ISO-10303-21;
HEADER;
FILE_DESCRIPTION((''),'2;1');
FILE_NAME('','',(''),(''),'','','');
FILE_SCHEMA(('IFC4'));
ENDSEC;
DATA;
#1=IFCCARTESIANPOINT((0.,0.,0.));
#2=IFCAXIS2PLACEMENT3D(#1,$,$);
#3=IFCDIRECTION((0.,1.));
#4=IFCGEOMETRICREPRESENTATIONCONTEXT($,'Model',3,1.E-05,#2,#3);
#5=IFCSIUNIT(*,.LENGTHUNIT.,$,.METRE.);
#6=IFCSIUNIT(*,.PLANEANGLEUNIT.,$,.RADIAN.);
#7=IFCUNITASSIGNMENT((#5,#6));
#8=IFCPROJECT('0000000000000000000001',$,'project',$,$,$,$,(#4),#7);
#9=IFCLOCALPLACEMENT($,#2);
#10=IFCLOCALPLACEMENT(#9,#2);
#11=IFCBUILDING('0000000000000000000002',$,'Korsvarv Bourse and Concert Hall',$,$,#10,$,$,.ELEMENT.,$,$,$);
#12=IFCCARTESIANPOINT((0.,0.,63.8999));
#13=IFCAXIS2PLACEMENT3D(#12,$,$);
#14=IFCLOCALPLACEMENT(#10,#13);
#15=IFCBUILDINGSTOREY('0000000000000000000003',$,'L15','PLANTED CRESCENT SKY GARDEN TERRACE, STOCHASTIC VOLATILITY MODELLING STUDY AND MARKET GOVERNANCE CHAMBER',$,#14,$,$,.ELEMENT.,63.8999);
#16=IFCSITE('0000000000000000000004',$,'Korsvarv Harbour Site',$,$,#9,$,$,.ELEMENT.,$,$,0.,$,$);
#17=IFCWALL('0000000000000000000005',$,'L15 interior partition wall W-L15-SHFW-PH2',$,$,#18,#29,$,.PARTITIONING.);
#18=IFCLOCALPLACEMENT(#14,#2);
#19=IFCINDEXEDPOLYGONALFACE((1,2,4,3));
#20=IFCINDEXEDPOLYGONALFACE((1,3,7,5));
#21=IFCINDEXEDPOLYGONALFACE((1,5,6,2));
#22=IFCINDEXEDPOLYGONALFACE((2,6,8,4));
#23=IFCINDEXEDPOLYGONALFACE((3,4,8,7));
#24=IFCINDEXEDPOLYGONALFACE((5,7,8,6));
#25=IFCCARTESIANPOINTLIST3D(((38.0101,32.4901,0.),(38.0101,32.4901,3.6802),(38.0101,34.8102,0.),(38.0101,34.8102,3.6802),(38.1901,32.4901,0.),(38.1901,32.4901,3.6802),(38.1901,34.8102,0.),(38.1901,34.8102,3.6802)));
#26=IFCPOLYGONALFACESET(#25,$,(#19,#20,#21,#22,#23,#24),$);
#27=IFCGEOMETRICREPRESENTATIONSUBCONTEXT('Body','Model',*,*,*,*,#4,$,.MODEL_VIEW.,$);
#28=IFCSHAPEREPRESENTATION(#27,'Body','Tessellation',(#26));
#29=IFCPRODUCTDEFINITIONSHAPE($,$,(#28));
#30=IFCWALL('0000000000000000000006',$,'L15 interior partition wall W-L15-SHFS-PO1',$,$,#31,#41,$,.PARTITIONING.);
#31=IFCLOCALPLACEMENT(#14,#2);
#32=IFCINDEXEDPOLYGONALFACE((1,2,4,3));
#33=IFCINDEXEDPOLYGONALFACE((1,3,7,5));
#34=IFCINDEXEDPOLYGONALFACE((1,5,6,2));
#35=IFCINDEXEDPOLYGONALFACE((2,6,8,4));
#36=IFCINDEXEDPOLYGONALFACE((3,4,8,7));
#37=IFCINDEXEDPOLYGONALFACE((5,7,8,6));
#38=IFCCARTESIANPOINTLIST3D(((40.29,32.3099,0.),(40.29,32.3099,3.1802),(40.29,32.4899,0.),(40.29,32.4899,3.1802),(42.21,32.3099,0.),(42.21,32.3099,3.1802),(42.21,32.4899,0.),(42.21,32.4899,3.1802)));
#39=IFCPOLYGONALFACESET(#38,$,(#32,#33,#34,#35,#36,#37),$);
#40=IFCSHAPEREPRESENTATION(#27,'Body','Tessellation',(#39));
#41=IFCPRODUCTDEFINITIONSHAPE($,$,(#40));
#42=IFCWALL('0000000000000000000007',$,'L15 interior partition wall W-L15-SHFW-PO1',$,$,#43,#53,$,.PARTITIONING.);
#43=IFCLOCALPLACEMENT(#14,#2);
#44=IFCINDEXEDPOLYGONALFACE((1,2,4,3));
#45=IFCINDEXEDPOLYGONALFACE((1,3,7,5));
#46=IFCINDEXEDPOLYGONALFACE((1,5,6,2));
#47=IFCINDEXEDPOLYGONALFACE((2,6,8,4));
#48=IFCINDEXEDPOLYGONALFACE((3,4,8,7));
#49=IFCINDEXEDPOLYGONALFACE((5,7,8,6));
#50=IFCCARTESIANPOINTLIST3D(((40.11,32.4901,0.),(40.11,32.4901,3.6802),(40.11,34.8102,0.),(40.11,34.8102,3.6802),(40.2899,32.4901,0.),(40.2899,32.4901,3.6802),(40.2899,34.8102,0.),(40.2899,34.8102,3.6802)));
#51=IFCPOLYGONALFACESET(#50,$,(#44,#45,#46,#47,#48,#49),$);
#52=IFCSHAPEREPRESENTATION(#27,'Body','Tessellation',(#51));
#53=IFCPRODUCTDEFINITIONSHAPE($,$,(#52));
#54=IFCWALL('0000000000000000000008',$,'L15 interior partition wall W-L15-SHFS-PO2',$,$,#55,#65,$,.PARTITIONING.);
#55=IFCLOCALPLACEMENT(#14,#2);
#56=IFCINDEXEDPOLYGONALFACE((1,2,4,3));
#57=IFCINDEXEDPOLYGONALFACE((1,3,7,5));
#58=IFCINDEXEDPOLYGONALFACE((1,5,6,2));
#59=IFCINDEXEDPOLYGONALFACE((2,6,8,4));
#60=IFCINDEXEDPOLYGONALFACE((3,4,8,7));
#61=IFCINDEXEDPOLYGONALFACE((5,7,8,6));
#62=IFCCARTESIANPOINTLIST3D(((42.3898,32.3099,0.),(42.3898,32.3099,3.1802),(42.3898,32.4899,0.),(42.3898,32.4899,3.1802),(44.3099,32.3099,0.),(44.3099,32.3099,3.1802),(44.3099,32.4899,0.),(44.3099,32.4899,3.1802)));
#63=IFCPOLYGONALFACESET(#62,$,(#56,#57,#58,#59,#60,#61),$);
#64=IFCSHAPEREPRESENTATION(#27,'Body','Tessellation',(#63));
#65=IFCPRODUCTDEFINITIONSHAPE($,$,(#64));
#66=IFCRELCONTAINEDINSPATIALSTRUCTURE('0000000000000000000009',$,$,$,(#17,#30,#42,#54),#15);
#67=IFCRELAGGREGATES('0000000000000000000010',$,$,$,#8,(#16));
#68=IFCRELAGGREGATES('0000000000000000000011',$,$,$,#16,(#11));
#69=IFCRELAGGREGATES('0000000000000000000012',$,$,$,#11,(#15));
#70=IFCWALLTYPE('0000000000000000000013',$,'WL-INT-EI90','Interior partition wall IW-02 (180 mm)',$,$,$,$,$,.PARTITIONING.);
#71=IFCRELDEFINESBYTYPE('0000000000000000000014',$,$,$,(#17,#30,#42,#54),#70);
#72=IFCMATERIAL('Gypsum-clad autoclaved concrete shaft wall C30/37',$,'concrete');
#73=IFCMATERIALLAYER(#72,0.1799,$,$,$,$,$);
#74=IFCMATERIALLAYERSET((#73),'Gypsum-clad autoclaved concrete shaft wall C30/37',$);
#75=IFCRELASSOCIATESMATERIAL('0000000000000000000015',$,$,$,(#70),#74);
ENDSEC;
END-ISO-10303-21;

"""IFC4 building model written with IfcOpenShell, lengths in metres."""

from ifc_helpers import new_model, si_unit, direction, frame, frame_2d, origin, place, context, subcontext, project, spatial, rectangle, extrude, material, layer, layer_set, type_object, element, save


model = new_model("IFC4")

# Units and contexts
model_context = context("Model", 3, precision=1e-05, world=origin(), true_north=direction((0.0, 1.0)))
body_context = subcontext(model_context, "Body", "Model", "MODEL_VIEW")
ifc_project = project(units=[si_unit("LENGTHUNIT", "METRE"), si_unit("PLANEANGLEUNIT", "RADIAN")], contexts=[model_context])

# Site, building, storey
site_placement = place(None, origin())
site = spatial("IfcSite", under=ifc_project, at=site_placement, Name="Korsvarv Harbour Site", CompositionType="ELEMENT", RefElevation=0.0)
building_placement = place(site_placement, origin())
building = spatial("IfcBuilding", under=site, at=building_placement, Name="Korsvarv Bourse and Concert Hall", CompositionType="ELEMENT")
storey_placement = place(building_placement, frame((0.0, 0.0, 63.8999)))
storey = spatial("IfcBuildingStorey", under=building, at=storey_placement, Name="L15", Description="PLANTED CRESCENT SKY GARDEN TERRACE, STOCHASTIC VOLATILITY MODELLING STUDY AND MARKET GOVERNANCE CHAMBER", CompositionType="ELEMENT", Elevation=63.8999)

# Walls
ifc_material_1 = material(Name="Gypsum-clad autoclaved concrete shaft wall C30/37", Category="concrete")
ifc_layer_1 = layer(ifc_material_1, 0.1799)
ifc_layer_set_1 = layer_set([ifc_layer_1], Name="Gypsum-clad autoclaved concrete shaft wall C30/37")
wall_type_1 = type_object("IfcWallType", Name="WL-INT-EI90", Description="Interior partition wall IW-02 (180 mm)", PredefinedType="PARTITIONING", material=ifc_layer_set_1)
wall_1_placement = place(storey_placement, frame((38.1001, 32.49, 0.0), z_axis=(0.0, 0.0, 1.0), x_axis=(0.0, 1.0, 0.0)))
element("IfcWall", 1, at=wall_1_placement, inside=storey, type_object=wall_type_1, Name="L15 interior partition wall W-L15-SHFW-PH2", PredefinedType="PARTITIONING", context=body_context, shape_type="SweptSolid", body=[
    extrude(rectangle(XDim=2.3201, YDim=0.1799, at=frame_2d((1.1602, 0.0))), origin(), (0.0, 0.0, 1.0), 3.6802),
])
wall_2_placement = place(storey_placement, frame((40.29, 32.3999, 0.0), z_axis=(0.0, 0.0, 1.0), x_axis=(1.0, 0.0, 0.0)))
element("IfcWall", 2, at=wall_2_placement, inside=storey, type_object=wall_type_1, Name="L15 interior partition wall W-L15-SHFS-PO1", PredefinedType="PARTITIONING", context=body_context, shape_type="SweptSolid", body=[
    extrude(rectangle(XDim=1.9199, YDim=0.1799, at=frame_2d((0.96, 0.0))), origin(), (0.0, 0.0, 1.0), 3.1802),
])
wall_3_placement = place(storey_placement, frame((40.2, 32.49, 0.0), z_axis=(0.0, 0.0, 1.0), x_axis=(0.0, 1.0, 0.0)))
element("IfcWall", 3, at=wall_3_placement, inside=storey, type_object=wall_type_1, Name="L15 interior partition wall W-L15-SHFW-PO1", PredefinedType="PARTITIONING", context=body_context, shape_type="SweptSolid", body=[
    extrude(rectangle(XDim=2.3201, YDim=0.1799, at=frame_2d((1.1602, 0.0))), origin(), (0.0, 0.0, 1.0), 3.6802),
])
wall_4_placement = place(storey_placement, frame((42.3899, 32.3999, 0.0), z_axis=(0.0, 0.0, 1.0), x_axis=(1.0, 0.0, 0.0)))
element("IfcWall", 4, at=wall_4_placement, inside=storey, type_object=wall_type_1, Name="L15 interior partition wall W-L15-SHFS-PO2", PredefinedType="PARTITIONING", context=body_context, shape_type="SweptSolid", body=[
    extrude(rectangle(XDim=1.9202, YDim=0.1799, at=frame_2d((0.96, 0.0))), origin(), (0.0, 0.0, 1.0), 3.1802),
])

save(model, "model.ifc")
